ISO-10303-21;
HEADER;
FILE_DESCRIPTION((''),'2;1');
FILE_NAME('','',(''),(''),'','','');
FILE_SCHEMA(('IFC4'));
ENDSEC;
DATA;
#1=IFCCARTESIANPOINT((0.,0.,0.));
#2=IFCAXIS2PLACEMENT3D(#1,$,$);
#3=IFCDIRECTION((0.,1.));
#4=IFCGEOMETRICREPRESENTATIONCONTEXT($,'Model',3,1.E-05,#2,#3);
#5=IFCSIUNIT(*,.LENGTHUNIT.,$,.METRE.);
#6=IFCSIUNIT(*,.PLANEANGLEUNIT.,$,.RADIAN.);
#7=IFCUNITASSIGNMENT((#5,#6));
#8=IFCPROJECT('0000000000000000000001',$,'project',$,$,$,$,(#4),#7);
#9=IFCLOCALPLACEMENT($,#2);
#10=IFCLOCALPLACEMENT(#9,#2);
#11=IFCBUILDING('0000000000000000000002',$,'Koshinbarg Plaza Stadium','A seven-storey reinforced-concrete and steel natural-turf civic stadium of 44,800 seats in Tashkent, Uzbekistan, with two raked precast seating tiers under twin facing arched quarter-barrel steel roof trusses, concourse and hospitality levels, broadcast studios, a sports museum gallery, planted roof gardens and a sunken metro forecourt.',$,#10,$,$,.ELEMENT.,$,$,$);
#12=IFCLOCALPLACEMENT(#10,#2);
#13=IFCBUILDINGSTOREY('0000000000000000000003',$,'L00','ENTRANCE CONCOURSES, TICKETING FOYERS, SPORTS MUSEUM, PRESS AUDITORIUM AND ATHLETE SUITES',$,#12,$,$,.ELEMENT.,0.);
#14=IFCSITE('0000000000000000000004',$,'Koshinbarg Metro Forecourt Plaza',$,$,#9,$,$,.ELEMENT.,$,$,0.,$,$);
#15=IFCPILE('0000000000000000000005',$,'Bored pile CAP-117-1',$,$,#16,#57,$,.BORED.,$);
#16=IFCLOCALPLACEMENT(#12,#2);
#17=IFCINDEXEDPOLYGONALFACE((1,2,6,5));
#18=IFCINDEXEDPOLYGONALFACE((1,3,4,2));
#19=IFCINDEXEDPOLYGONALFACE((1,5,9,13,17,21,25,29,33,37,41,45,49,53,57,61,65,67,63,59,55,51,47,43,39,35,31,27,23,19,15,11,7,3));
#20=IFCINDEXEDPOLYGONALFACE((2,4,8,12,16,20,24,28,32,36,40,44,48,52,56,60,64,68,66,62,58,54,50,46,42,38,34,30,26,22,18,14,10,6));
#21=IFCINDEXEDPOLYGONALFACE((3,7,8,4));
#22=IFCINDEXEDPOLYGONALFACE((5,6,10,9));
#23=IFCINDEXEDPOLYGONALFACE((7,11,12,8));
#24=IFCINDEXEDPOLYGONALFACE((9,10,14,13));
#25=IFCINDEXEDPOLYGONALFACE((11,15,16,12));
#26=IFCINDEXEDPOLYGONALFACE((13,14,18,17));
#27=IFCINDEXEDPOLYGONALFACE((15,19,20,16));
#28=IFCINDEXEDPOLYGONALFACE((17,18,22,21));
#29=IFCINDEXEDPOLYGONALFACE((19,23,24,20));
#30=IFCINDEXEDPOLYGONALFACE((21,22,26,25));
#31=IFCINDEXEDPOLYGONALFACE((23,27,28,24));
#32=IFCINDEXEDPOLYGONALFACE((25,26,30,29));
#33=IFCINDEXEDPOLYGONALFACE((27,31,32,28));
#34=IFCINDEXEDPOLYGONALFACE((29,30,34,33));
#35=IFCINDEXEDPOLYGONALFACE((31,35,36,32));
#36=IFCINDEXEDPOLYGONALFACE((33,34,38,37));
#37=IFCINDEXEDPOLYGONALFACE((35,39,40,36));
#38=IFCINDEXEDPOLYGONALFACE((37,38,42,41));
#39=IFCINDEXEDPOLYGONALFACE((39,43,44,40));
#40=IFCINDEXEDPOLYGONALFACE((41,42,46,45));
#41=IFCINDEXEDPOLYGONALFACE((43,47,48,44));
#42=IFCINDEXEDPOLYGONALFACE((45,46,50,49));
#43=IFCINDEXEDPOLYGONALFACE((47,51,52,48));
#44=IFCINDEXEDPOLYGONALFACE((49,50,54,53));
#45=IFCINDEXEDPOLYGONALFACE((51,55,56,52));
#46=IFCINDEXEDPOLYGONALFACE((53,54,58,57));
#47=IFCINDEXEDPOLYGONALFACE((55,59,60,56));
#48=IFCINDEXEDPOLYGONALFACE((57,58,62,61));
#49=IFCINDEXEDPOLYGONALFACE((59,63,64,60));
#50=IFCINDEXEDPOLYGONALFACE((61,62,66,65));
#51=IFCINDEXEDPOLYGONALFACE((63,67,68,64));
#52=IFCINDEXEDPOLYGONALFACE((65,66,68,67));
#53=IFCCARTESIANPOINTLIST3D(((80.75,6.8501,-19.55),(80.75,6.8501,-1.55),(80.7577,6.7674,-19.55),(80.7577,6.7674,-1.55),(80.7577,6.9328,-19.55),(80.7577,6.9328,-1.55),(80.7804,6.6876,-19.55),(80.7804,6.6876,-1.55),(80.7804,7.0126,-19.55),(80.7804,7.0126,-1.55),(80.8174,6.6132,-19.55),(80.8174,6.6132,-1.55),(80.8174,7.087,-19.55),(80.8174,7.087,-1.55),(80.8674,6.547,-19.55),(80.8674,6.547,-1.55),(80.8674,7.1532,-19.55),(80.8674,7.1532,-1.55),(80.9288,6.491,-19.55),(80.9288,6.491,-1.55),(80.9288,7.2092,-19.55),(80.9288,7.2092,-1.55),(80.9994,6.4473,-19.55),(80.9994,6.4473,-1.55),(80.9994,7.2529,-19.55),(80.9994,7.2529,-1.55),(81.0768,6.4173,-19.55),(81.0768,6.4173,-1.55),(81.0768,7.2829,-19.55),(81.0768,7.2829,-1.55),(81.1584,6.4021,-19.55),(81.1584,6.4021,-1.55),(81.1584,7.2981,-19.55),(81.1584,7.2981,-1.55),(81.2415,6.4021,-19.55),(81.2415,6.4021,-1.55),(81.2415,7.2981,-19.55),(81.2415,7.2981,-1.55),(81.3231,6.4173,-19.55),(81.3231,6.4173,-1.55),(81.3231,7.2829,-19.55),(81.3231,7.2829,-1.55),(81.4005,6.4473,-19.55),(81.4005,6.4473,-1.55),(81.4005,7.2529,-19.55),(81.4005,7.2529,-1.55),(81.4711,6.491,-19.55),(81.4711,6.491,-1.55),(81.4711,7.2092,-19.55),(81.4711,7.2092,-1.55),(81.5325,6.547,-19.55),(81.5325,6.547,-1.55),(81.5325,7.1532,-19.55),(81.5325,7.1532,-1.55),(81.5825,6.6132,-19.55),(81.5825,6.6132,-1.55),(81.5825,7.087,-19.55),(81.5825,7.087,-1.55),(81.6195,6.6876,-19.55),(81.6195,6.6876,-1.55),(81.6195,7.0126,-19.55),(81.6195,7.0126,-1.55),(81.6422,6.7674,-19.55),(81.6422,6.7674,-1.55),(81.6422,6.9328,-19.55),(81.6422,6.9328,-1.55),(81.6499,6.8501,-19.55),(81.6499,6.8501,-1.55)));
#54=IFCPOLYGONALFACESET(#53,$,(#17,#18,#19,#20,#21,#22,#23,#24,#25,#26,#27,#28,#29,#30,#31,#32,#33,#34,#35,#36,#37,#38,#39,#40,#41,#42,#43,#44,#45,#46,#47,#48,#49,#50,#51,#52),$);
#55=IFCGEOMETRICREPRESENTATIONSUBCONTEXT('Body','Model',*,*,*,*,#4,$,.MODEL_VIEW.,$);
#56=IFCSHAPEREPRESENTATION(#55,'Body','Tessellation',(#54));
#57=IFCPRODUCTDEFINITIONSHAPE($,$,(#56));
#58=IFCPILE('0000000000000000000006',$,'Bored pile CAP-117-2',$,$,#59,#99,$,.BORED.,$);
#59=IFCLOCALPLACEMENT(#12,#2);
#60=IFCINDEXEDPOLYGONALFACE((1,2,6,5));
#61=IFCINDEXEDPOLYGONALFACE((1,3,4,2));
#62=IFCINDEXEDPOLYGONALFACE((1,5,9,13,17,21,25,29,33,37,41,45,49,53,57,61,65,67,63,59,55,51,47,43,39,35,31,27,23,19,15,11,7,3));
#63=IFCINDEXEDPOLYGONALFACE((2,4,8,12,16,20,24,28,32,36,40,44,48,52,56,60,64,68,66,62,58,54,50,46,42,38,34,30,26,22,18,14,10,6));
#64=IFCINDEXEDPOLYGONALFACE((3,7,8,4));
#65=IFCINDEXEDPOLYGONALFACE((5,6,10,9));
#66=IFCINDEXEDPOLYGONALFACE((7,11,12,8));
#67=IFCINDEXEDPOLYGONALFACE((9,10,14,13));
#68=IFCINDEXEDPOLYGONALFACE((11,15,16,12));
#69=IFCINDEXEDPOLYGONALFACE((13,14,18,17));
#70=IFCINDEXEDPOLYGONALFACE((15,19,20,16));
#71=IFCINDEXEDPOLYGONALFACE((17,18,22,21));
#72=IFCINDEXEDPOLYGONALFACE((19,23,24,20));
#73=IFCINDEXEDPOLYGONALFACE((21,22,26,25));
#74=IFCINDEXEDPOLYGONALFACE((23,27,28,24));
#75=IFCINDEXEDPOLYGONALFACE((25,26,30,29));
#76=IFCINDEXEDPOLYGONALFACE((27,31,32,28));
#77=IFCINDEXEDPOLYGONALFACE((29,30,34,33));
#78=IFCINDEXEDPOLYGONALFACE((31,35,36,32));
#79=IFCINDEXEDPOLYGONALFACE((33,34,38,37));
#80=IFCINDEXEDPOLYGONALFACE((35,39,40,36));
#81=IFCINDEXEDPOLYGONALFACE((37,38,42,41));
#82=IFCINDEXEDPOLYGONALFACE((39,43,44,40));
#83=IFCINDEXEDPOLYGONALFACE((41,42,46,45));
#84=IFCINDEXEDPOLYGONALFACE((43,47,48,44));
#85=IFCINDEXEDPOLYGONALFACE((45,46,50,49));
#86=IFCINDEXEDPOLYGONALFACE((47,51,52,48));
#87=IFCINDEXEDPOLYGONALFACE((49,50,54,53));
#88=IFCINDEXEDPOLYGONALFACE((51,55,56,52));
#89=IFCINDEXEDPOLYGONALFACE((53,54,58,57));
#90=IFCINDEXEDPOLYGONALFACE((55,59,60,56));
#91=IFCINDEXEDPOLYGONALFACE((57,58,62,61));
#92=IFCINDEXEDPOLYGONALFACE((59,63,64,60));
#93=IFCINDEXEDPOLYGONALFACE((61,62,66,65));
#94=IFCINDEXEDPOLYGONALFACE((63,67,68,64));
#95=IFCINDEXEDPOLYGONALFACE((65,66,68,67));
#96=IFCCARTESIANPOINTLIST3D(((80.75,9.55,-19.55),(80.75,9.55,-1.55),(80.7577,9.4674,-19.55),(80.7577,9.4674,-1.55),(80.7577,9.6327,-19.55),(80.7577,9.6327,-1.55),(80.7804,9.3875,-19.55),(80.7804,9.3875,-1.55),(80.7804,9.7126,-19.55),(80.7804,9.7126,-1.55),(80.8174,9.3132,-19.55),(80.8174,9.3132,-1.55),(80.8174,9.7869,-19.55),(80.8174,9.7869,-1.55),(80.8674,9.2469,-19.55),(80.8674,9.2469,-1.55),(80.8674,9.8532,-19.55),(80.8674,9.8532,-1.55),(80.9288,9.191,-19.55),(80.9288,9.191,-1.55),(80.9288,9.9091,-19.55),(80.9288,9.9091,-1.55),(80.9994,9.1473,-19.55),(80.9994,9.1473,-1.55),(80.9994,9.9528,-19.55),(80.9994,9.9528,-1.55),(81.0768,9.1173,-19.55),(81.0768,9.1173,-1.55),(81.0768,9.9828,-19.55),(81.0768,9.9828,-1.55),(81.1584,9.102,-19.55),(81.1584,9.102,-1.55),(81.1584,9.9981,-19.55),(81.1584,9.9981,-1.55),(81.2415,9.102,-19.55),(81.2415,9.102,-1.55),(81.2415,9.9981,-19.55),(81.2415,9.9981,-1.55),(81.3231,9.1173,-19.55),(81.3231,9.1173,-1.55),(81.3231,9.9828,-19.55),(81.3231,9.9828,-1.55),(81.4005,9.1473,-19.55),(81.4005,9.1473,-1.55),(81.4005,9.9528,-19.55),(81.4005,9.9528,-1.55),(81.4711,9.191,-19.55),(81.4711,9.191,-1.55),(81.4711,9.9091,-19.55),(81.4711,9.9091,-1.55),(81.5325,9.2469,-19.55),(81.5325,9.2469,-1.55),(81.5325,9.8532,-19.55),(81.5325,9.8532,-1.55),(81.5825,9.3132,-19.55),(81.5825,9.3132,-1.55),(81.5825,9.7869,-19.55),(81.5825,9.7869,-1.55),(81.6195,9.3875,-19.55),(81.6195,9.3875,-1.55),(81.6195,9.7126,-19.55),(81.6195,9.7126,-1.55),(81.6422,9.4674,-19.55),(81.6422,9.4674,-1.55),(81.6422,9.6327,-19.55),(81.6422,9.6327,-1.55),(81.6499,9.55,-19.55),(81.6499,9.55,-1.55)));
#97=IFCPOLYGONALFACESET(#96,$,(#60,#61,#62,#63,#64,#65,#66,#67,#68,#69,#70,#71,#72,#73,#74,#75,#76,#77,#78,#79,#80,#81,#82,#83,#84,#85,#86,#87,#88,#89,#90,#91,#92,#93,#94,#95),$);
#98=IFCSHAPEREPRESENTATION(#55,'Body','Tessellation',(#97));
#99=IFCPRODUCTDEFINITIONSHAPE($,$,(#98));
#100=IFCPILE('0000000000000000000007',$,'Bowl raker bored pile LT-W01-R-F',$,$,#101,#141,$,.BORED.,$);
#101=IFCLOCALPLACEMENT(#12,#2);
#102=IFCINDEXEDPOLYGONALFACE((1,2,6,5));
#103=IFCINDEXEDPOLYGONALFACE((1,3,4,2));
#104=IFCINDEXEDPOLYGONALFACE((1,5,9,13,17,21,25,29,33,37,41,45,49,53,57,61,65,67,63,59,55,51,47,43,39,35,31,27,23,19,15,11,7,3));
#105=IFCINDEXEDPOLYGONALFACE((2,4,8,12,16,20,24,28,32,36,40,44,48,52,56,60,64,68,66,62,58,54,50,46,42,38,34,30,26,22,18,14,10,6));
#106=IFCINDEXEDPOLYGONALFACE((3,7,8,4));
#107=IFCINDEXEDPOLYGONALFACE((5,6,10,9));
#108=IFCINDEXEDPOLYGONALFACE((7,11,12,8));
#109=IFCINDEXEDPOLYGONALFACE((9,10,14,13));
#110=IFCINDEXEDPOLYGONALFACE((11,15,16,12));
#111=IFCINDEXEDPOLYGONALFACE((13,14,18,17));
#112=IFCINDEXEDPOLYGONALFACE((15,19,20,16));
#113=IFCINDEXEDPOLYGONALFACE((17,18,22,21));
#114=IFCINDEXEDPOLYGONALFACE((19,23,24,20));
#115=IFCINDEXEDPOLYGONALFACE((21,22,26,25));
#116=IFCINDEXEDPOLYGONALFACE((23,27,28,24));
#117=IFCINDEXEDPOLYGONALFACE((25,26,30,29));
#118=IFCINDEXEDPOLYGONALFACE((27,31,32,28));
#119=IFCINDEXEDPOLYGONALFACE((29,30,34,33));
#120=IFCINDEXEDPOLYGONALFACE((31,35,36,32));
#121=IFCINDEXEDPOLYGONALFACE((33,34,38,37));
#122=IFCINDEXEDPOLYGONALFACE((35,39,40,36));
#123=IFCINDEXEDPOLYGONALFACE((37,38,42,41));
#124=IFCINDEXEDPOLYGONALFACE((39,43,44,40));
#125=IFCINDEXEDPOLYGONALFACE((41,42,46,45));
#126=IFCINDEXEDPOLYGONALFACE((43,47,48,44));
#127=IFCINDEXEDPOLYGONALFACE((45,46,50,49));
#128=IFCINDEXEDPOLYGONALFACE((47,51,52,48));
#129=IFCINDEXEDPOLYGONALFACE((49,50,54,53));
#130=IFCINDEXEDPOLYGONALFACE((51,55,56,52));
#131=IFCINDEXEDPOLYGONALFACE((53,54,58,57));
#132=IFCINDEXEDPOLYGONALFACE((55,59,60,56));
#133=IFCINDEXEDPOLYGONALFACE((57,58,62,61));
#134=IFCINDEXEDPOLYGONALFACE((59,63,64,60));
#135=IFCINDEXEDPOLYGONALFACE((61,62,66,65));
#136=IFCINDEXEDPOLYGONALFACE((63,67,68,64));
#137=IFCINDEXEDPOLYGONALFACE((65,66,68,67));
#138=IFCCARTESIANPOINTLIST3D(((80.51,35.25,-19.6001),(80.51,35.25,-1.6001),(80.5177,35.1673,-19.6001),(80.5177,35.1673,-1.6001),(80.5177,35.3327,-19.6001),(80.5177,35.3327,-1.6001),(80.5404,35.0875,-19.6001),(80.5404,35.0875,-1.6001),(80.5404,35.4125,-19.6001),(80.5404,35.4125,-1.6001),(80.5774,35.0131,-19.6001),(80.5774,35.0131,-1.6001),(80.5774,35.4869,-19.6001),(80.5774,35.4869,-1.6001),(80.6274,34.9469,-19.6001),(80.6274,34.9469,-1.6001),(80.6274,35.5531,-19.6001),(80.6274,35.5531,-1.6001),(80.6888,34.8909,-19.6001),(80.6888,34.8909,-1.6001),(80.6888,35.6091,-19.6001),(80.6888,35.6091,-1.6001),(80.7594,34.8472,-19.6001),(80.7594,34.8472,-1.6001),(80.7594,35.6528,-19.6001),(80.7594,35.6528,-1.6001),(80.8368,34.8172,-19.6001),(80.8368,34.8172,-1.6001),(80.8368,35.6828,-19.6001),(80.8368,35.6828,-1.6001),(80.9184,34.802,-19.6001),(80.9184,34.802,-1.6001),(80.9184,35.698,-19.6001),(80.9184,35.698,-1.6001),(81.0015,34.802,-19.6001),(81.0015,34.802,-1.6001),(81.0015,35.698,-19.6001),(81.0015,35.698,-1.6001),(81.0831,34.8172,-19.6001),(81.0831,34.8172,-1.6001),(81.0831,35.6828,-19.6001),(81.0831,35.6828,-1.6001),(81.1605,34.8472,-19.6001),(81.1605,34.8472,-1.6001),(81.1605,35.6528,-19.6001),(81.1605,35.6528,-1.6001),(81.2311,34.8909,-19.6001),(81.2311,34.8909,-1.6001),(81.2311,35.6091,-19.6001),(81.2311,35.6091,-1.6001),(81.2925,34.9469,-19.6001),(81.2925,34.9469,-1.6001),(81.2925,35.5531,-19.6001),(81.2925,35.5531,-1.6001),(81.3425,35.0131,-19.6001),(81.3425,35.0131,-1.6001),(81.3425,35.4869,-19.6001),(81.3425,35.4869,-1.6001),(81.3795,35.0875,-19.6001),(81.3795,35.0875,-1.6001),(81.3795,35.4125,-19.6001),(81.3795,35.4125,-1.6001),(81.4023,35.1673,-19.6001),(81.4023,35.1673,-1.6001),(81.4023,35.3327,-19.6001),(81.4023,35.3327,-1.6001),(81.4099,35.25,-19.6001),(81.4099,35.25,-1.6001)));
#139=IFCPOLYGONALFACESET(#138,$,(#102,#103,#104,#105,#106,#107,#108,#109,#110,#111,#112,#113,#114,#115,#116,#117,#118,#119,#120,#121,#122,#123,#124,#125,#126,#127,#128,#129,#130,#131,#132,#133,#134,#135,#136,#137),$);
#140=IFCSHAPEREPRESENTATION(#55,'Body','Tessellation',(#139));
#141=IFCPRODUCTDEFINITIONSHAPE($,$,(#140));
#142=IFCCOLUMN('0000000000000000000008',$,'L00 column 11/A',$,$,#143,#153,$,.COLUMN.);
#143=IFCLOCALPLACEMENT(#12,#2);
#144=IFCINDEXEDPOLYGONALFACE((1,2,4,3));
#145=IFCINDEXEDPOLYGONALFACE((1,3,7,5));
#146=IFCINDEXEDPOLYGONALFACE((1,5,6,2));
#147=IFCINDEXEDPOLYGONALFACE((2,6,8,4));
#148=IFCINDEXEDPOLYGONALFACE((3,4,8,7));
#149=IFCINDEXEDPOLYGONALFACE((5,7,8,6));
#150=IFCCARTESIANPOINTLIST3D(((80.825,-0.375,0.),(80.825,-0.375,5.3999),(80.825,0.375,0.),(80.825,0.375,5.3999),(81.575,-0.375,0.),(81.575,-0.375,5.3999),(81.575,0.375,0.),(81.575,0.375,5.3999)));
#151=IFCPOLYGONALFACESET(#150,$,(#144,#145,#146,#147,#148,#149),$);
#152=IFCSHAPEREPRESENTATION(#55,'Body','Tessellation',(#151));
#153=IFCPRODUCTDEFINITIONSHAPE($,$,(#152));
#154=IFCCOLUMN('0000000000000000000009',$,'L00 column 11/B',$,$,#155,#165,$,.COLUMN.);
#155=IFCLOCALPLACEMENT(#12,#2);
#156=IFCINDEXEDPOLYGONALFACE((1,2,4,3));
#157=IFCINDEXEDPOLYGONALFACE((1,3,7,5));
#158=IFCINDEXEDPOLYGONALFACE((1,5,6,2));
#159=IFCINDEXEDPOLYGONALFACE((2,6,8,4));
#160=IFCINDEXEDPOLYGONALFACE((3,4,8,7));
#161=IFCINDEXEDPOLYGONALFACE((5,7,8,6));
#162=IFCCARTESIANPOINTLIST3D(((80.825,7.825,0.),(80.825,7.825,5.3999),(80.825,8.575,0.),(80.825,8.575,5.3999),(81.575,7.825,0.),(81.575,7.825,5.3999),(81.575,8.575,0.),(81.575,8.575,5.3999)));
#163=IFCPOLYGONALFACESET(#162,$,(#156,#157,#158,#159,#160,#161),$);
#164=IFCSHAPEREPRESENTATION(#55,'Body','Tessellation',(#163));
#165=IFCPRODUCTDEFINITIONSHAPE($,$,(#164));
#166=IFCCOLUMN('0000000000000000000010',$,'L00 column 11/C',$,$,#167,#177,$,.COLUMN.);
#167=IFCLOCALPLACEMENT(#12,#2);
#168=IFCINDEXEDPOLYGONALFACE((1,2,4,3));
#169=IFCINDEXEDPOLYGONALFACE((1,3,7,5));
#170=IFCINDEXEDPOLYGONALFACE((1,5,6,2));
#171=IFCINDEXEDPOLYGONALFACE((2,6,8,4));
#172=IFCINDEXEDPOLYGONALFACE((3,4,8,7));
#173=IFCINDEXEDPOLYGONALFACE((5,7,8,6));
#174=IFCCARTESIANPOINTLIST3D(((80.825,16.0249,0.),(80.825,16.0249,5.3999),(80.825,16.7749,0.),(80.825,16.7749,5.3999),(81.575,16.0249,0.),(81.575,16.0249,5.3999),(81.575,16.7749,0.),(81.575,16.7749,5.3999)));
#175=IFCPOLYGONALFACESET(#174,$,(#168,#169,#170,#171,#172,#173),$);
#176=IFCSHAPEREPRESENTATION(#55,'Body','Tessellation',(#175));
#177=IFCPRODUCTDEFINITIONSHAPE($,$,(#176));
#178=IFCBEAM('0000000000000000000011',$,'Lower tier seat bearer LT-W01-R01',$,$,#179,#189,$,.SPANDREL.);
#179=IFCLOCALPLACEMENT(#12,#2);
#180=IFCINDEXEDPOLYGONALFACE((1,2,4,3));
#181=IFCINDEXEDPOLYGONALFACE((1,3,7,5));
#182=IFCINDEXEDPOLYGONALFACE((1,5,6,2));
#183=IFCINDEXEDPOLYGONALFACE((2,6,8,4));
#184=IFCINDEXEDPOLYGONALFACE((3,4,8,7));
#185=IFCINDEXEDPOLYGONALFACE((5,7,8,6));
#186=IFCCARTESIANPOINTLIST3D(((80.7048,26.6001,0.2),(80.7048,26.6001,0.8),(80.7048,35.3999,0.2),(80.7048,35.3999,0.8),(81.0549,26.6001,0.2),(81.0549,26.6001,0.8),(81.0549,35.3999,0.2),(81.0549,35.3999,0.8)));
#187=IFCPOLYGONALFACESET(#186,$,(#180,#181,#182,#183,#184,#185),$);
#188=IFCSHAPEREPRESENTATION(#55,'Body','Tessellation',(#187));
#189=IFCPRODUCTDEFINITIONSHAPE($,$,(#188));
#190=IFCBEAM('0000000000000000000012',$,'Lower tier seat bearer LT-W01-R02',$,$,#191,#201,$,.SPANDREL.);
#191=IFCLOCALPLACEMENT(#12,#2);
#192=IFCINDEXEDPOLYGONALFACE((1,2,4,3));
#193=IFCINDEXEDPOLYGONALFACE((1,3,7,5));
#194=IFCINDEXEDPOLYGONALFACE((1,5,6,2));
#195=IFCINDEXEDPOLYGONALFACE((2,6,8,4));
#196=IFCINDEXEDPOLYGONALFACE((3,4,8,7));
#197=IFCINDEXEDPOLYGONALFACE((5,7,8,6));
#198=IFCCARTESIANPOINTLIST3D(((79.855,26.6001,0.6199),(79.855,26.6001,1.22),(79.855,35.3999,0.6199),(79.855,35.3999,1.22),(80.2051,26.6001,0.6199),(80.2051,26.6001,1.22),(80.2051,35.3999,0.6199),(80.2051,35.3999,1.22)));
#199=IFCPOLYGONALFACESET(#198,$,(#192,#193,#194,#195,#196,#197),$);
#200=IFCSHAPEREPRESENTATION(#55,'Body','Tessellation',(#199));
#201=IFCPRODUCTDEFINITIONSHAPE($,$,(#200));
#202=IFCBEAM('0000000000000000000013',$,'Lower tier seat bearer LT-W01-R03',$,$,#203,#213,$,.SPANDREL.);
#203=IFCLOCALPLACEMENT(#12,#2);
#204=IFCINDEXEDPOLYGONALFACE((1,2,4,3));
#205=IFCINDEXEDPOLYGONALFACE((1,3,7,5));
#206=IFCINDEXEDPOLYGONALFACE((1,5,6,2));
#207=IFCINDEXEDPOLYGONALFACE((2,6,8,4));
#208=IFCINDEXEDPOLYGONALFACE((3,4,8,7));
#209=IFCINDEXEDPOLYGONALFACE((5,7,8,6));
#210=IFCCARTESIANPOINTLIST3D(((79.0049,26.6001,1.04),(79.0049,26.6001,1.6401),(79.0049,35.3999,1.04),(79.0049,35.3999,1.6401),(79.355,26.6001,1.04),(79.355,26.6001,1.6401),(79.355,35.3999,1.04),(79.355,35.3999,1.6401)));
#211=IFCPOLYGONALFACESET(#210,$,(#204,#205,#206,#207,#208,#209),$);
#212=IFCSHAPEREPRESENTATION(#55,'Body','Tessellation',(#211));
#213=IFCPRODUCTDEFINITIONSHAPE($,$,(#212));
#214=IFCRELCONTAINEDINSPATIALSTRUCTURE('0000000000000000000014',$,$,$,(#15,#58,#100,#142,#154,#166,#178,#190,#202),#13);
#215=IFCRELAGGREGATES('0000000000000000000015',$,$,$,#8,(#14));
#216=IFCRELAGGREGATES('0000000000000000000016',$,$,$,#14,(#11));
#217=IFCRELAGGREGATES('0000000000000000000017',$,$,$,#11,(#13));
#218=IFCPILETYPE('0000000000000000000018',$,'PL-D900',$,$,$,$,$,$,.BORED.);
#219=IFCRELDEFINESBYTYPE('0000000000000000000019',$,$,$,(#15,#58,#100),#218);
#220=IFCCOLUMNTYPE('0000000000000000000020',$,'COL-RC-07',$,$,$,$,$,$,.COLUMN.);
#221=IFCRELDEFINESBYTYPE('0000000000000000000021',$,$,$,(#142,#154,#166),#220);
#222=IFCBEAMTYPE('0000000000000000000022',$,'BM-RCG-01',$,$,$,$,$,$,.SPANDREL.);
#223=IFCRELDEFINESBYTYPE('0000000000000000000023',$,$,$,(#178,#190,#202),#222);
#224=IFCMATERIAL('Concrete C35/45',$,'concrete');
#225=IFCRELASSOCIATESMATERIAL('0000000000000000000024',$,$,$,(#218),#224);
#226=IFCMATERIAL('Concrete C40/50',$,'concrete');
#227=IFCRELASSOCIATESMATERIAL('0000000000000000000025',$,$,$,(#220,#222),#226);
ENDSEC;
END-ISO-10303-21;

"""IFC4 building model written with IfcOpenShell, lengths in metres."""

from ifc_helpers import new_model, si_unit, direction, frame, origin, origin_2d, place, context, subcontext, project, spatial, rectangle, circle, extrude, material, material_profile, profile_set, type_object, element, save


model = new_model("IFC4")

# Units and contexts
model_context = context("Model", 3, precision=1e-05, world=origin(), true_north=direction((0.0, 1.0)))
body_context = subcontext(model_context, "Body", "Model", "MODEL_VIEW")
ifc_project = project(units=[si_unit("LENGTHUNIT", "METRE"), si_unit("PLANEANGLEUNIT", "RADIAN")], contexts=[model_context])

# Site, building, storey
site_placement = place(None, origin())
site = spatial("IfcSite", under=ifc_project, at=site_placement, Name="Koshinbarg Metro Forecourt Plaza", CompositionType="ELEMENT", RefElevation=0.0)
building_placement = place(site_placement, origin())
building = spatial("IfcBuilding", under=site, at=building_placement, Name="Koshinbarg Plaza Stadium", Description="A seven-storey reinforced-concrete and steel natural-turf civic stadium of 44,800 seats in Tashkent, Uzbekistan, with two raked precast seating tiers under twin facing arched quarter-barrel steel roof trusses, concourse and hospitality levels, broadcast studios, a sports museum gallery, planted roof gardens and a sunken metro forecourt.", CompositionType="ELEMENT")
storey_placement = place(building_placement, origin())
storey = spatial("IfcBuildingStorey", under=building, at=storey_placement, Name="L00", Description="ENTRANCE CONCOURSES, TICKETING FOYERS, SPORTS MUSEUM, PRESS AUDITORIUM AND ATHLETE SUITES", CompositionType="ELEMENT", Elevation=0.0)

# Shared definitions
ifc_material_1 = material(Name="Concrete C35/45", Category="concrete")

# Piles
ifc_material_profile_1 = material_profile(ifc_material_1, circle(Radius=0.45, at=origin_2d()), Name="PILE D900")
ifc_profile_set_1 = profile_set([ifc_material_profile_1], Name="Concrete C35/45")
pile_type_1 = type_object("IfcPileType", Name="PL-D900", PredefinedType="BORED", material=ifc_profile_set_1)
for number, where, z_axis, x_axis, name in (
    (1, (81.2, 6.8501, -1.55), (0.0, 0.0, -1.0), (1.0, 0.0, 0.0), "Bored pile CAP-117-1"),
    (2, (81.2, 9.55, -1.55), (0.0, 0.0, -1.0), (1.0, 0.0, 0.0), "Bored pile CAP-117-2"),
    (3, (80.96, 35.25, -1.6001), (0.0, 0.0, -1.0), (1.0, 0.0, 0.0), "Bowl raker bored pile LT-W01-R-F"),
):
    element("IfcPile", number, at=place(storey_placement, frame(where, z_axis=z_axis, x_axis=x_axis)), inside=storey, type_object=pile_type_1, Name=name, PredefinedType="BORED", context=body_context, shape_type="SweptSolid", body=[
        extrude(circle(Radius=0.45, at=origin_2d()), origin(), (0.0, 0.0, 1.0), 18.0),
    ])

# Columns
ifc_material_2 = material(Name="Concrete C40/50", Category="concrete")
ifc_material_profile_2 = material_profile(ifc_material_2, rectangle(XDim=0.75, YDim=0.75, at=origin_2d()), Name="RC 750x750")
ifc_profile_set_2 = profile_set([ifc_material_profile_2], Name="Concrete C40/50")
column_type = type_object("IfcColumnType", Name="COL-RC-07", PredefinedType="COLUMN", material=ifc_profile_set_2)
for number, where, z_axis, x_axis, name in (
    (4, (81.2, 0.0, 0.0), (0.0, 0.0, 1.0), (1.0, 0.0, 0.0), "L00 column 11/A"),
    (5, (81.2, 8.2, 0.0), (0.0, 0.0, 1.0), (1.0, 0.0, 0.0), "L00 column 11/B"),
    (6, (81.2, 16.3999, 0.0), (0.0, 0.0, 1.0), (1.0, 0.0, 0.0), "L00 column 11/C"),
):
    element("IfcColumn", number, at=place(storey_placement, frame(where, z_axis=z_axis, x_axis=x_axis)), inside=storey, type_object=column_type, Name=name, PredefinedType="COLUMN", context=body_context, shape_type="SweptSolid", body=[
        extrude(rectangle(XDim=0.75, YDim=0.75, at=origin_2d()), origin(), (0.0, 0.0, 1.0), 5.3999),
    ])

# Beams
ifc_material_profile_3 = material_profile(ifc_material_2, rectangle(XDim=0.3501, YDim=0.6001, at=origin_2d()), Name="RC 350x600")
ifc_profile_set_3 = profile_set([ifc_material_profile_3], Name="Concrete C40/50")
beam_type = type_object("IfcBeamType", Name="BM-RCG-01", PredefinedType="SPANDREL", material=ifc_profile_set_3)
for number, where, z_axis, x_axis, name in (
    (7, (80.8799, 26.6001, 0.5), (0.0, 1.0, 0.0), (-1.0, 0.0, 0.0), "Lower tier seat bearer LT-W01-R01"),
    (8, (80.03, 26.6001, 0.9199), (0.0, 1.0, 0.0), (-1.0, 0.0, 0.0), "Lower tier seat bearer LT-W01-R02"),
    (9, (79.1799, 26.6001, 1.3401), (0.0, 1.0, 0.0), (-1.0, 0.0, 0.0), "Lower tier seat bearer LT-W01-R03"),
):
    element("IfcBeam", number, at=place(storey_placement, frame(where, z_axis=z_axis, x_axis=x_axis)), inside=storey, type_object=beam_type, Name=name, PredefinedType="SPANDREL", context=body_context, shape_type="SweptSolid", body=[
        extrude(rectangle(XDim=0.3501, YDim=0.6001, at=origin_2d()), origin(), (0.0, 0.0, 1.0), 8.7998),
    ])

save(model, "model.ifc")
